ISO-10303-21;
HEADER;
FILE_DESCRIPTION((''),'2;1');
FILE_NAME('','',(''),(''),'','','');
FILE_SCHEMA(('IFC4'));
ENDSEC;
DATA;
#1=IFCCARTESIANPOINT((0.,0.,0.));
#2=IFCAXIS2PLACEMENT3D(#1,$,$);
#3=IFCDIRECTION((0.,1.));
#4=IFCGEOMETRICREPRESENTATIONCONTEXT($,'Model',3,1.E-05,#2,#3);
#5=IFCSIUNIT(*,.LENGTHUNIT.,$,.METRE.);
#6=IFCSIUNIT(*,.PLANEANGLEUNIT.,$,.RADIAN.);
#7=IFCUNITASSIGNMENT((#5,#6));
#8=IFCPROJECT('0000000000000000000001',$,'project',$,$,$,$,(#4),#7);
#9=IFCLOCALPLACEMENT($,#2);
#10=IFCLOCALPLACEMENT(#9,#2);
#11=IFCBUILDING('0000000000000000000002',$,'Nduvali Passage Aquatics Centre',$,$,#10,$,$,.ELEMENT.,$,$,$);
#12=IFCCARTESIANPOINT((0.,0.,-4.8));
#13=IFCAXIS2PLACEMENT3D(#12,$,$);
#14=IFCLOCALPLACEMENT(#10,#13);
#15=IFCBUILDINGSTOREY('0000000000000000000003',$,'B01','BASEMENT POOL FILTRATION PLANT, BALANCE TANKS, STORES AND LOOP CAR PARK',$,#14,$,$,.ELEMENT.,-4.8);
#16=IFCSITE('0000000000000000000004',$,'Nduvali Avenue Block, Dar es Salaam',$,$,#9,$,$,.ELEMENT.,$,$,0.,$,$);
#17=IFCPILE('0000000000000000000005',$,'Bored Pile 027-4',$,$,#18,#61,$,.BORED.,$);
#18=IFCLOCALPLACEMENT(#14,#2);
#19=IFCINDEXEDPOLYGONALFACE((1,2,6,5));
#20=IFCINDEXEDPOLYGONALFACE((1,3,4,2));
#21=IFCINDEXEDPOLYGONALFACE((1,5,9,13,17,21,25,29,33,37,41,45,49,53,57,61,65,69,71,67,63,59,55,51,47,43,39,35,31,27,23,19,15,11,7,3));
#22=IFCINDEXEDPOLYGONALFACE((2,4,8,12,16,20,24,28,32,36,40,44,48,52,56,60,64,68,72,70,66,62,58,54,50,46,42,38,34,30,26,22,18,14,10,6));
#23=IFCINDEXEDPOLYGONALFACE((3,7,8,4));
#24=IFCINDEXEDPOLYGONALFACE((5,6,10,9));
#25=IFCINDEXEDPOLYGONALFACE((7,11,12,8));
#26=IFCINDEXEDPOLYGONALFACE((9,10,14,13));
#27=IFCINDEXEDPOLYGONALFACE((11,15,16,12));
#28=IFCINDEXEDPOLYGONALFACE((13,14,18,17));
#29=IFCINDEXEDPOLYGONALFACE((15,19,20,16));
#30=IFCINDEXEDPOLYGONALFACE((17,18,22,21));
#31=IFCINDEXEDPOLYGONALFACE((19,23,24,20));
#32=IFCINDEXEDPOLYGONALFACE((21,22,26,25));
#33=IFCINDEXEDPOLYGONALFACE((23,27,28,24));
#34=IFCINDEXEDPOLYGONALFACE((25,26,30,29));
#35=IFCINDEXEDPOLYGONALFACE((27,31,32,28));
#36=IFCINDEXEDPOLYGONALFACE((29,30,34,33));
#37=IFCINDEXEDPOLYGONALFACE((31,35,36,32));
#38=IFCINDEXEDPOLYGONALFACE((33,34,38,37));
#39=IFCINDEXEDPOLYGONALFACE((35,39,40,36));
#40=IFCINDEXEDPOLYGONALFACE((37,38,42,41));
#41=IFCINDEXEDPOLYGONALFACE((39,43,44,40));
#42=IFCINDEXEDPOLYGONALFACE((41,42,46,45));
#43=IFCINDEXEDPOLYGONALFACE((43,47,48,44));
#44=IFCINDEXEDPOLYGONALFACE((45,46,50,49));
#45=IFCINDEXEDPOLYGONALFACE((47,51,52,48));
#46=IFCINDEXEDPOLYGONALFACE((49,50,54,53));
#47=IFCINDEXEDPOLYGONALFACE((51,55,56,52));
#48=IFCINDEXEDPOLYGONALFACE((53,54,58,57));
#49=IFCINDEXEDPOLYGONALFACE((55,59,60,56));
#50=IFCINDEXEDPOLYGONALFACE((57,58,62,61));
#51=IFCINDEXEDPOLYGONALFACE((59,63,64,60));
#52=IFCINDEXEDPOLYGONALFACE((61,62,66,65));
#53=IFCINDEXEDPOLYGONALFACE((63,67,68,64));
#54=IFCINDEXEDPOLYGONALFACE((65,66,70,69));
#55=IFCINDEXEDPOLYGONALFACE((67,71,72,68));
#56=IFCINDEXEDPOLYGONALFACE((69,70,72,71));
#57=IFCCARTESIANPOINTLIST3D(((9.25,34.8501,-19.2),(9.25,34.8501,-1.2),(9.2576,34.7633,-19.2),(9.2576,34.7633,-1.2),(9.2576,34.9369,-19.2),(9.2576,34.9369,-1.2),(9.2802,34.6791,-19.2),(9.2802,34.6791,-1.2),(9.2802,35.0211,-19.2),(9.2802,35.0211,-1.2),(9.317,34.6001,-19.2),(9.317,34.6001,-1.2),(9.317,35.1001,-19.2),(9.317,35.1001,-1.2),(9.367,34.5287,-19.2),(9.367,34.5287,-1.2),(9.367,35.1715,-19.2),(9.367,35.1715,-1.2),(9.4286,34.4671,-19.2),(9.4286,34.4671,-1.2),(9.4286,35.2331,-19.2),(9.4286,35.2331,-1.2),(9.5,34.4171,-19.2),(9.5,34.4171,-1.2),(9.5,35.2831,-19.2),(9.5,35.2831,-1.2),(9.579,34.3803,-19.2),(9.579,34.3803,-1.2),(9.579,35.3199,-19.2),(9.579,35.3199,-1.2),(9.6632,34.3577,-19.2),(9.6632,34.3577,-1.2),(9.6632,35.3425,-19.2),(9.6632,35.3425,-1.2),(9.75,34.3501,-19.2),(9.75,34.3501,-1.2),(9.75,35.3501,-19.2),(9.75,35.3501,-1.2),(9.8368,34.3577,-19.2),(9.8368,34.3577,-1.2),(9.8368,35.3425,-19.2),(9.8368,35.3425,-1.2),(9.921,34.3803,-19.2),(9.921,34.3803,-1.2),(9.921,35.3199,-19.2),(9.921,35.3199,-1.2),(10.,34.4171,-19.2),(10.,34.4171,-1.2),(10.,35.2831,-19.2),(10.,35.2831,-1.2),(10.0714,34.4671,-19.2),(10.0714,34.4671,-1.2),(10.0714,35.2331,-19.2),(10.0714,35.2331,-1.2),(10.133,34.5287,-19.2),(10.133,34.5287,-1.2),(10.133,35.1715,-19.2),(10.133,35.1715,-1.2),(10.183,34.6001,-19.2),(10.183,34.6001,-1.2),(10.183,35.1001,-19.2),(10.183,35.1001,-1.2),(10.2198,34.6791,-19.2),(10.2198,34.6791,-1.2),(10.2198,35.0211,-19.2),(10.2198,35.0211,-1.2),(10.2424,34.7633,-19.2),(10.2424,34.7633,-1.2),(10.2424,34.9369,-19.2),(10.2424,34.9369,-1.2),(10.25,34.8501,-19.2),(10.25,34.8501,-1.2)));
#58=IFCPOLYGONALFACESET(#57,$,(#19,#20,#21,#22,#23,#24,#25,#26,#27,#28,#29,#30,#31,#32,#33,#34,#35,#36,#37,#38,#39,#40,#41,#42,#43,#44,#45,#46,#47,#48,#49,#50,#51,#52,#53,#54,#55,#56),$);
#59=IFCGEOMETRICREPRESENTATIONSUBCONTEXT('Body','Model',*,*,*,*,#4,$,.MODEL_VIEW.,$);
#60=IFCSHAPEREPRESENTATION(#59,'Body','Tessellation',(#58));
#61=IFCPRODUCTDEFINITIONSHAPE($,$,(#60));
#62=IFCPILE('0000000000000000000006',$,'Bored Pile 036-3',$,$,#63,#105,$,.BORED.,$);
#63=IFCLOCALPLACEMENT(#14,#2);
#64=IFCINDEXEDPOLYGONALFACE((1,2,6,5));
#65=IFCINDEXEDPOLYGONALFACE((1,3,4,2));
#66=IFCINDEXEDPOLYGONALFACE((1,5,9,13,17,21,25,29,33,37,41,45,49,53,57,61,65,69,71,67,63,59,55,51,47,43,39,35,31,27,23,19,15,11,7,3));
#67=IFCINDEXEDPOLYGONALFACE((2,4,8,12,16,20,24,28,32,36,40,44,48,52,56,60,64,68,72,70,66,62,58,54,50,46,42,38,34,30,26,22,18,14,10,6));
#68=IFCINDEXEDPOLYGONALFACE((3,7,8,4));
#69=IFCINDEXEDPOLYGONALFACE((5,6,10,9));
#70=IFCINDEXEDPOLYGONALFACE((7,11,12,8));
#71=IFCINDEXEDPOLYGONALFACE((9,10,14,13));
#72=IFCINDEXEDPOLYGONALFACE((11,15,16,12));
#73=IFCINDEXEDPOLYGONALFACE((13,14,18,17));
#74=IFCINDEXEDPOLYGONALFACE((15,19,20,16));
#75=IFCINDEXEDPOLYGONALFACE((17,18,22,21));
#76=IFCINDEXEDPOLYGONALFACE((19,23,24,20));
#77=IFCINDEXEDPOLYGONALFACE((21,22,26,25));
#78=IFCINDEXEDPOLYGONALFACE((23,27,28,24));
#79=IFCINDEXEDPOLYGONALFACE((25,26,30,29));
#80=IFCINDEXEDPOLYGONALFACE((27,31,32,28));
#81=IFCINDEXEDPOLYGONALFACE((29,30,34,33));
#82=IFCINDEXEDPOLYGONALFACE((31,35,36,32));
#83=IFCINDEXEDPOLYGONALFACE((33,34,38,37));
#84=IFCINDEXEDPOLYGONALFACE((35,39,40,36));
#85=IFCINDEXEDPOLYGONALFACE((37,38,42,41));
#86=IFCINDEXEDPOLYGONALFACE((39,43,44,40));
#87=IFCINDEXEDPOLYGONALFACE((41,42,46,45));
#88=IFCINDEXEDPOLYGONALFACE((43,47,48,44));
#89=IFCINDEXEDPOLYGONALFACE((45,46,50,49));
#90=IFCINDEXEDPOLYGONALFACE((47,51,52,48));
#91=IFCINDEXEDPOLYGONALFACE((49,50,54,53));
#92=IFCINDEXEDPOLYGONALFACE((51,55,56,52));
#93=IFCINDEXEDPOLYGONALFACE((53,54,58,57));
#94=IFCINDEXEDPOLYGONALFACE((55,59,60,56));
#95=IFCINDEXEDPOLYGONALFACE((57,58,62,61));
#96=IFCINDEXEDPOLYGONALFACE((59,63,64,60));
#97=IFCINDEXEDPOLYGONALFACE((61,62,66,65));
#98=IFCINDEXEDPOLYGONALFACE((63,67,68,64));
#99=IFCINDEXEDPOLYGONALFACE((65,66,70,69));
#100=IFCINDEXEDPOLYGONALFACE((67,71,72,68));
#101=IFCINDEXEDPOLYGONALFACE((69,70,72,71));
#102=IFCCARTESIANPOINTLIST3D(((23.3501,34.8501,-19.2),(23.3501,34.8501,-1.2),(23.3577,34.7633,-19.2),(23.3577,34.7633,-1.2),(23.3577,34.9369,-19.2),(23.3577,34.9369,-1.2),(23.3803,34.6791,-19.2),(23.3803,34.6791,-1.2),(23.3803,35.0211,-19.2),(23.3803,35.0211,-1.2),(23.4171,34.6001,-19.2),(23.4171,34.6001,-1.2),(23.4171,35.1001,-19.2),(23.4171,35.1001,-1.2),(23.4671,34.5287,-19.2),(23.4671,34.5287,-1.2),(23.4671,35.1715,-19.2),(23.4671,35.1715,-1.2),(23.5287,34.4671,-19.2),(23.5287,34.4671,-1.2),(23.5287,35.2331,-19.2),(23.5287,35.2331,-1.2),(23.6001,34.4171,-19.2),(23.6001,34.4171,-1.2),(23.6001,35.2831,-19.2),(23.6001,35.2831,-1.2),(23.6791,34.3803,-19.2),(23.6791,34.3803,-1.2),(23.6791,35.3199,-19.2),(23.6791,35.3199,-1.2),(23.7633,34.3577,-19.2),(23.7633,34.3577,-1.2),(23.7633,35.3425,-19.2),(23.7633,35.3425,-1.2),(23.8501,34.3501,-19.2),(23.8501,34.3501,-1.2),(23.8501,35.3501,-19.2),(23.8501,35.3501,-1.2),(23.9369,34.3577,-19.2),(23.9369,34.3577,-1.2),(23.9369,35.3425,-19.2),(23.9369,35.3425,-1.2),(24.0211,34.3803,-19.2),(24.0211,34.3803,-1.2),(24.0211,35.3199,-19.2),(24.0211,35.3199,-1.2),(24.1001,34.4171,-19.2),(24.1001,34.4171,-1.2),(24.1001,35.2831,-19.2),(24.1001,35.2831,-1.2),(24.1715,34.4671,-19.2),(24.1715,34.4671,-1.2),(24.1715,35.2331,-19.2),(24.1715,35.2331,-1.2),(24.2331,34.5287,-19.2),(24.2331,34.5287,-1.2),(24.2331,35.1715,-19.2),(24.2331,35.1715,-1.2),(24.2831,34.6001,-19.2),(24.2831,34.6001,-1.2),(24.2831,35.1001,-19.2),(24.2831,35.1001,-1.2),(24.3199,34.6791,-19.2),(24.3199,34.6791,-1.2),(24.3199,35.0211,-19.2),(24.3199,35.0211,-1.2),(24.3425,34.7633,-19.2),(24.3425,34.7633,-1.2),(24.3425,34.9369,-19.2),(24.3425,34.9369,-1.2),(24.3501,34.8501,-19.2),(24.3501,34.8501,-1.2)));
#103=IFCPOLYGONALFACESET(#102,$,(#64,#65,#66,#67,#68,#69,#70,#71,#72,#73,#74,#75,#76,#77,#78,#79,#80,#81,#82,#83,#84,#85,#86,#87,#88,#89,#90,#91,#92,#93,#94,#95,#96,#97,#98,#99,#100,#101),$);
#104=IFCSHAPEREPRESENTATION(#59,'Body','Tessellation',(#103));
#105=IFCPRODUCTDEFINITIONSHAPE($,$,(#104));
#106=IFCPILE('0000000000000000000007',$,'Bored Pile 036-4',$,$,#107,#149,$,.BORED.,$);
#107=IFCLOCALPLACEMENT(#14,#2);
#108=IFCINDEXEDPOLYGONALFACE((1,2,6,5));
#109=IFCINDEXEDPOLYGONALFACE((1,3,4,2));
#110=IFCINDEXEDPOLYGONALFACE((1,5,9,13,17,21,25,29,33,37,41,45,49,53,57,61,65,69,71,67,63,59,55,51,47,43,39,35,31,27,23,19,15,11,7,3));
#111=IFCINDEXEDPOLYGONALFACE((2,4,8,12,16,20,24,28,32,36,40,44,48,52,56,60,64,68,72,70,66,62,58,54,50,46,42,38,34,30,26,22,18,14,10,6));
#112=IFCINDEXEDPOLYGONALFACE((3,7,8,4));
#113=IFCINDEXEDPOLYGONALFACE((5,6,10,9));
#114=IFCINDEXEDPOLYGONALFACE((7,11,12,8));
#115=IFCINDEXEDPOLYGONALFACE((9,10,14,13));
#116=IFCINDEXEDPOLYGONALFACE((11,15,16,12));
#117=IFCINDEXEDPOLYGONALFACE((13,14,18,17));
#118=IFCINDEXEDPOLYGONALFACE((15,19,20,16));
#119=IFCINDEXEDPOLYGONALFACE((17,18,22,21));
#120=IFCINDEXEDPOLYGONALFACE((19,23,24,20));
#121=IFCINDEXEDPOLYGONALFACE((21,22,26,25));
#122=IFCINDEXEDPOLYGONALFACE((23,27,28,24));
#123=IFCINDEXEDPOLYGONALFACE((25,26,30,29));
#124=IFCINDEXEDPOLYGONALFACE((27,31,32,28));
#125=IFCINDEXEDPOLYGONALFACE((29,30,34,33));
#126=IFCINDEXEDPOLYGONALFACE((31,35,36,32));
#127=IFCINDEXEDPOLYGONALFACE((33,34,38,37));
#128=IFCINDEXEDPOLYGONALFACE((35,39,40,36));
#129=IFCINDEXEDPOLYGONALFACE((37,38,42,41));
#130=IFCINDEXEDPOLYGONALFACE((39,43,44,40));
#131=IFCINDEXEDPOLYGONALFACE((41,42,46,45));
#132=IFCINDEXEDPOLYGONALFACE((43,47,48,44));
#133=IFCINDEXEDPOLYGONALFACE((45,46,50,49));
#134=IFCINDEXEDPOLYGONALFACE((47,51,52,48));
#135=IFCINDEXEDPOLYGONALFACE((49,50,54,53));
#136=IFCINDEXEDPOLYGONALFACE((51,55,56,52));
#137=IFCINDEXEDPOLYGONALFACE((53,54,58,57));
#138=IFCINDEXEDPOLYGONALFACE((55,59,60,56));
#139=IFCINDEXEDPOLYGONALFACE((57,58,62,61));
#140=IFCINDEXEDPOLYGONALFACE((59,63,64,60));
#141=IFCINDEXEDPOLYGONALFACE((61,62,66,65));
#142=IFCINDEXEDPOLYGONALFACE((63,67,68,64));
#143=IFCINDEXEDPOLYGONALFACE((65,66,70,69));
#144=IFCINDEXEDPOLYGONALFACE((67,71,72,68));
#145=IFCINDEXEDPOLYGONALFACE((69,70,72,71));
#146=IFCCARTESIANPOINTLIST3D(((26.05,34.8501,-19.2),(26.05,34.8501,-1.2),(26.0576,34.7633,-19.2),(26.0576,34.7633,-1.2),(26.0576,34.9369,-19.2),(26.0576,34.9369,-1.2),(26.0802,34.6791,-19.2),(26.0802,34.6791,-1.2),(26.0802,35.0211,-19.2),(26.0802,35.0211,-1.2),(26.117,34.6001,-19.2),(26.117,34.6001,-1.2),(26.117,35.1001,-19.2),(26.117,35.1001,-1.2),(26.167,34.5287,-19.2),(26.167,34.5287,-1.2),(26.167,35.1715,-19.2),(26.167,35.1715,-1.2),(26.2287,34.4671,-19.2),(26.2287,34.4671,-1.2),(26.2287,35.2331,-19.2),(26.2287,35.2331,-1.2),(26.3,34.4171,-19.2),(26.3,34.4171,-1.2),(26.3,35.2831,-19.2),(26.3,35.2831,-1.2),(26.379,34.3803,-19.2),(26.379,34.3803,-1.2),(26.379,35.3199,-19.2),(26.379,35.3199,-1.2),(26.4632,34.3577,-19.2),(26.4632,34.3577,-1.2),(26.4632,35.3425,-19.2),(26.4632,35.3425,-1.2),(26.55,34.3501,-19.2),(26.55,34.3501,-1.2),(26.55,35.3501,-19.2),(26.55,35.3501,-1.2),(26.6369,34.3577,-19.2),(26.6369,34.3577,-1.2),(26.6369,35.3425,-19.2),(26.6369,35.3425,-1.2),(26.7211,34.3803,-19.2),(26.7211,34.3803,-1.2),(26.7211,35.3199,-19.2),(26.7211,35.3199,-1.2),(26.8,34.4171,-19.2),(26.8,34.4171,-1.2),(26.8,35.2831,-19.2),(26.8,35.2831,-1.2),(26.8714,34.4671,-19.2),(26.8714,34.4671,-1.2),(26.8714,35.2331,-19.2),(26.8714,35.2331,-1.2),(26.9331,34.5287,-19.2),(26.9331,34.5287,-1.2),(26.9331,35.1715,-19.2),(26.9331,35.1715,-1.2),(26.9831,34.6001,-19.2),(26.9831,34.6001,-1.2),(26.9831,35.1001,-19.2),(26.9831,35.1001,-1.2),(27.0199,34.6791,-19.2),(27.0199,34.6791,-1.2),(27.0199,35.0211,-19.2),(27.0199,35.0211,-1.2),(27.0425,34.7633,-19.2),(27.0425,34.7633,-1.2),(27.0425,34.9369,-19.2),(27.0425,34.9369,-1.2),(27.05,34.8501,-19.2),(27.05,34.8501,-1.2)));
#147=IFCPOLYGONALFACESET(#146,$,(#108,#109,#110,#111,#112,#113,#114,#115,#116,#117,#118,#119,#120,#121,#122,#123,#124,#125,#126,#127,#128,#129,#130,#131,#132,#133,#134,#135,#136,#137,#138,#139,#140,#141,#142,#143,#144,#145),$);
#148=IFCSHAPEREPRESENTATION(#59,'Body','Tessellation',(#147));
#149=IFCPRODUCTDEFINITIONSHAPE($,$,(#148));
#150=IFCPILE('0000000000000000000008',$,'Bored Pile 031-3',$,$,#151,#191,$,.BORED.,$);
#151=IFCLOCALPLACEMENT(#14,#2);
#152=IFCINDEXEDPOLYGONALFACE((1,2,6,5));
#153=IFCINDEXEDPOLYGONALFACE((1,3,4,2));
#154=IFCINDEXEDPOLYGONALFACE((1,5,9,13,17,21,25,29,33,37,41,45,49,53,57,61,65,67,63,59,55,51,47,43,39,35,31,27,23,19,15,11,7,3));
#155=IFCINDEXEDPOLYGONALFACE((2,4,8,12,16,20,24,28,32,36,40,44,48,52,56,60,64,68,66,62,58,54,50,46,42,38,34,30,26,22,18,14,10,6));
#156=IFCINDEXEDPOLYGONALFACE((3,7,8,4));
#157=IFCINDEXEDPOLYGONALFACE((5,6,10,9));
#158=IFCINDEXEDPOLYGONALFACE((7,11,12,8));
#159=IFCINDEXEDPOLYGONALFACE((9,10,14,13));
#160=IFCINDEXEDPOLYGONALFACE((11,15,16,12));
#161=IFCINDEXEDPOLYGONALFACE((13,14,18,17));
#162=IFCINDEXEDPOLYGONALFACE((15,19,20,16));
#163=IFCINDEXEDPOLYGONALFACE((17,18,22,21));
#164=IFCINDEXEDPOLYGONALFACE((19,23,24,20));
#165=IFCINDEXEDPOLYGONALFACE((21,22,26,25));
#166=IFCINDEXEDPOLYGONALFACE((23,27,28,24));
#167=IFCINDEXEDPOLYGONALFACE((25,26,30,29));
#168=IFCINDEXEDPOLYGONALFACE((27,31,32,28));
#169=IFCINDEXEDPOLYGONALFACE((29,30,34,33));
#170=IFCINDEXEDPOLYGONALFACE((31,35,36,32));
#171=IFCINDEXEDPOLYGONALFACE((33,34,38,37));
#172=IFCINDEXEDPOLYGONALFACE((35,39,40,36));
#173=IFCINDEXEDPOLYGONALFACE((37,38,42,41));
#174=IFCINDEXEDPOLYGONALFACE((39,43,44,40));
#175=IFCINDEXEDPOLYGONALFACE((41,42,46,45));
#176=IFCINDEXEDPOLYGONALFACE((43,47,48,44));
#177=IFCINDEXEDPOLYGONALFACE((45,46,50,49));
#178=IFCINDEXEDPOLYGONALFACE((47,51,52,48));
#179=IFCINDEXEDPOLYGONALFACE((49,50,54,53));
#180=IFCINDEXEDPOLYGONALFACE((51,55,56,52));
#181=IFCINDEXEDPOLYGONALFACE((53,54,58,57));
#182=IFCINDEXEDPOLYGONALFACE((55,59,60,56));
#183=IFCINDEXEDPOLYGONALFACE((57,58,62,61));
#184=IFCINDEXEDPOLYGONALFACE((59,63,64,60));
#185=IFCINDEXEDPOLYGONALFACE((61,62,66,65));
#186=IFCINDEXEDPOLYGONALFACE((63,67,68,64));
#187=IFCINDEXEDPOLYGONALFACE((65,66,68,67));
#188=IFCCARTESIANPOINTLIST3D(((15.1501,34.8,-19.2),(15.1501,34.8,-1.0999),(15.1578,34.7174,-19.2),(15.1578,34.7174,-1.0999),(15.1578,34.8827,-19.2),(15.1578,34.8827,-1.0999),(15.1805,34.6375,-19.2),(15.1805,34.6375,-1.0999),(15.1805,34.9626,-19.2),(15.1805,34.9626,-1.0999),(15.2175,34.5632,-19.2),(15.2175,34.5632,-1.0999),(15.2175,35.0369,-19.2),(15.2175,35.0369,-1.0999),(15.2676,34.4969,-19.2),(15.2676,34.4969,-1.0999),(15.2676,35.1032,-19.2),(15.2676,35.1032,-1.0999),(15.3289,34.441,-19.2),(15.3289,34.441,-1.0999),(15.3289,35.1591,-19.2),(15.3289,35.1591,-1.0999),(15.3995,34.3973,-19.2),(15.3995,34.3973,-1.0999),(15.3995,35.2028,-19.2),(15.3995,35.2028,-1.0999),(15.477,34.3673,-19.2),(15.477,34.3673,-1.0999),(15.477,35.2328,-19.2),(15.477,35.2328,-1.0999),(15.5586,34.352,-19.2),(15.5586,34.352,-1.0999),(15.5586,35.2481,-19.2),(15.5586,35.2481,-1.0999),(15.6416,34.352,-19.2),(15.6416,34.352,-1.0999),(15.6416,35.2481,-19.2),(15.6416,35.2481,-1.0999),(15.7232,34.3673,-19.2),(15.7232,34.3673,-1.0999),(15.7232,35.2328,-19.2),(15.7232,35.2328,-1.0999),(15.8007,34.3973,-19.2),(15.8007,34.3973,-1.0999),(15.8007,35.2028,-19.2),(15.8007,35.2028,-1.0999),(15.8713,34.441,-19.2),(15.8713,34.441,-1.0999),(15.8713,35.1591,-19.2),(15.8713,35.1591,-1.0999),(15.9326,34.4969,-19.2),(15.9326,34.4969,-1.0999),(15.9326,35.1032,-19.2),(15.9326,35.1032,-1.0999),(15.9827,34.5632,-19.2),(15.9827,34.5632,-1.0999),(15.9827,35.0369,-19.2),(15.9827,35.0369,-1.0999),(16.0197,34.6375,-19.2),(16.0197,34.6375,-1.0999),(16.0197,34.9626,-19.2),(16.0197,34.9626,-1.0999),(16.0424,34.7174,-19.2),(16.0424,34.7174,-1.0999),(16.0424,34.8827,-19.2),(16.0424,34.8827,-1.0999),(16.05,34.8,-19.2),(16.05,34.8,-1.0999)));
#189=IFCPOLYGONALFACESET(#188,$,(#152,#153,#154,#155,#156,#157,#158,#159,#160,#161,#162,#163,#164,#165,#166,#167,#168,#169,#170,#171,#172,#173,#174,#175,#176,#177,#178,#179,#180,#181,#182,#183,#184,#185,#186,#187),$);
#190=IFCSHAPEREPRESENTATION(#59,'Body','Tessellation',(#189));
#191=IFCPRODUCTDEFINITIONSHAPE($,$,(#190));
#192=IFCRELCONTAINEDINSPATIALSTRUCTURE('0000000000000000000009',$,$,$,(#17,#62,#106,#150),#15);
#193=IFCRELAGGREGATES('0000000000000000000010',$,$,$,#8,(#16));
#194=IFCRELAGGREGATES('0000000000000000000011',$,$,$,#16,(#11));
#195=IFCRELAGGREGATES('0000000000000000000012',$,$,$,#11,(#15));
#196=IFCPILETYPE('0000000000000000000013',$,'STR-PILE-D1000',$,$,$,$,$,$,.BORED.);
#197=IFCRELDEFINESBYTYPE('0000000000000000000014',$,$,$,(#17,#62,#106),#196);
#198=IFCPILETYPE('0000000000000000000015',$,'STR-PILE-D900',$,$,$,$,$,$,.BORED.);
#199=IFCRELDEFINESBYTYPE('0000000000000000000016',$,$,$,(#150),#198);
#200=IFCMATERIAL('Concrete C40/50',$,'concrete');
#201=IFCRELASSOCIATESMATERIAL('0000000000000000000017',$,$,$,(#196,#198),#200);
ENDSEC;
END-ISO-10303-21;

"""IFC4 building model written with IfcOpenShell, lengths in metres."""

from ifc_helpers import new_model, si_unit, direction, frame, origin, origin_2d, place, context, subcontext, project, spatial, circle, extrude, material, material_profile, profile_set, type_object, element, save


model = new_model("IFC4")

# Units and contexts
model_context = context("Model", 3, precision=1e-05, world=origin(), true_north=direction((0.0, 1.0)))
body_context = subcontext(model_context, "Body", "Model", "MODEL_VIEW")
ifc_project = project(units=[si_unit("LENGTHUNIT", "METRE"), si_unit("PLANEANGLEUNIT", "RADIAN")], contexts=[model_context])

# Site, building, storey
site_placement = place(None, origin())
site = spatial("IfcSite", under=ifc_project, at=site_placement, Name="Nduvali Avenue Block, Dar es Salaam", CompositionType="ELEMENT", RefElevation=0.0)
building_placement = place(site_placement, origin())
building = spatial("IfcBuilding", under=site, at=building_placement, Name="Nduvali Passage Aquatics Centre", CompositionType="ELEMENT")
storey_placement = place(building_placement, frame((0.0, 0.0, -4.8)))
storey = spatial("IfcBuildingStorey", under=building, at=storey_placement, Name="B01", Description="BASEMENT POOL FILTRATION PLANT, BALANCE TANKS, STORES AND LOOP CAR PARK", CompositionType="ELEMENT", Elevation=-4.8)

# Shared definitions
ifc_material_1 = material(Name="Concrete C40/50", Category="concrete")

# Piles
ifc_material_profile_1 = material_profile(ifc_material_1, circle(Radius=0.5, at=origin_2d()), Name="PILE D1000")
ifc_profile_set_1 = profile_set([ifc_material_profile_1], Name="Concrete C40/50")
pile_type_1 = type_object("IfcPileType", Name="STR-PILE-D1000", PredefinedType="BORED", material=ifc_profile_set_1)
for number, where, z_axis, x_axis, name in (
    (1, (9.75, 34.8501, -1.2), (0.0, 0.0, -1.0), (1.0, 0.0, 0.0), "Bored Pile 027-4"),
    (2, (23.8501, 34.8501, -1.2), (0.0, 0.0, -1.0), (1.0, 0.0, 0.0), "Bored Pile 036-3"),
    (3, (26.55, 34.8501, -1.2), (0.0, 0.0, -1.0), (1.0, 0.0, 0.0), "Bored Pile 036-4"),
):
    element("IfcPile", number, at=place(storey_placement, frame(where, z_axis=z_axis, x_axis=x_axis)), inside=storey, type_object=pile_type_1, Name=name, PredefinedType="BORED", context=body_context, shape_type="SweptSolid", body=[
        extrude(circle(Radius=0.5, at=origin_2d()), origin(), (0.0, 0.0, 1.0), 18.0),
    ])
ifc_material_profile_2 = material_profile(ifc_material_1, circle(Radius=0.45, at=origin_2d()), Name="PILE D900")
ifc_profile_set_2 = profile_set([ifc_material_profile_2], Name="Concrete C40/50")
pile_type_2 = type_object("IfcPileType", Name="STR-PILE-D900", PredefinedType="BORED", material=ifc_profile_set_2)
for number, where, z_axis, x_axis, name in (
    (4, (15.6001, 34.8, -1.0999), (0.0, 0.0, -1.0), (1.0, 0.0, 0.0), "Bored Pile 031-3"),
):
    element("IfcPile", number, at=place(storey_placement, frame(where, z_axis=z_axis, x_axis=x_axis)), inside=storey, type_object=pile_type_2, Name=name, PredefinedType="BORED", context=body_context, shape_type="SweptSolid", body=[
        extrude(circle(Radius=0.45, at=origin_2d()), origin(), (0.0, 0.0, 1.0), 18.1001),
    ])

save(model, "model.ifc")
